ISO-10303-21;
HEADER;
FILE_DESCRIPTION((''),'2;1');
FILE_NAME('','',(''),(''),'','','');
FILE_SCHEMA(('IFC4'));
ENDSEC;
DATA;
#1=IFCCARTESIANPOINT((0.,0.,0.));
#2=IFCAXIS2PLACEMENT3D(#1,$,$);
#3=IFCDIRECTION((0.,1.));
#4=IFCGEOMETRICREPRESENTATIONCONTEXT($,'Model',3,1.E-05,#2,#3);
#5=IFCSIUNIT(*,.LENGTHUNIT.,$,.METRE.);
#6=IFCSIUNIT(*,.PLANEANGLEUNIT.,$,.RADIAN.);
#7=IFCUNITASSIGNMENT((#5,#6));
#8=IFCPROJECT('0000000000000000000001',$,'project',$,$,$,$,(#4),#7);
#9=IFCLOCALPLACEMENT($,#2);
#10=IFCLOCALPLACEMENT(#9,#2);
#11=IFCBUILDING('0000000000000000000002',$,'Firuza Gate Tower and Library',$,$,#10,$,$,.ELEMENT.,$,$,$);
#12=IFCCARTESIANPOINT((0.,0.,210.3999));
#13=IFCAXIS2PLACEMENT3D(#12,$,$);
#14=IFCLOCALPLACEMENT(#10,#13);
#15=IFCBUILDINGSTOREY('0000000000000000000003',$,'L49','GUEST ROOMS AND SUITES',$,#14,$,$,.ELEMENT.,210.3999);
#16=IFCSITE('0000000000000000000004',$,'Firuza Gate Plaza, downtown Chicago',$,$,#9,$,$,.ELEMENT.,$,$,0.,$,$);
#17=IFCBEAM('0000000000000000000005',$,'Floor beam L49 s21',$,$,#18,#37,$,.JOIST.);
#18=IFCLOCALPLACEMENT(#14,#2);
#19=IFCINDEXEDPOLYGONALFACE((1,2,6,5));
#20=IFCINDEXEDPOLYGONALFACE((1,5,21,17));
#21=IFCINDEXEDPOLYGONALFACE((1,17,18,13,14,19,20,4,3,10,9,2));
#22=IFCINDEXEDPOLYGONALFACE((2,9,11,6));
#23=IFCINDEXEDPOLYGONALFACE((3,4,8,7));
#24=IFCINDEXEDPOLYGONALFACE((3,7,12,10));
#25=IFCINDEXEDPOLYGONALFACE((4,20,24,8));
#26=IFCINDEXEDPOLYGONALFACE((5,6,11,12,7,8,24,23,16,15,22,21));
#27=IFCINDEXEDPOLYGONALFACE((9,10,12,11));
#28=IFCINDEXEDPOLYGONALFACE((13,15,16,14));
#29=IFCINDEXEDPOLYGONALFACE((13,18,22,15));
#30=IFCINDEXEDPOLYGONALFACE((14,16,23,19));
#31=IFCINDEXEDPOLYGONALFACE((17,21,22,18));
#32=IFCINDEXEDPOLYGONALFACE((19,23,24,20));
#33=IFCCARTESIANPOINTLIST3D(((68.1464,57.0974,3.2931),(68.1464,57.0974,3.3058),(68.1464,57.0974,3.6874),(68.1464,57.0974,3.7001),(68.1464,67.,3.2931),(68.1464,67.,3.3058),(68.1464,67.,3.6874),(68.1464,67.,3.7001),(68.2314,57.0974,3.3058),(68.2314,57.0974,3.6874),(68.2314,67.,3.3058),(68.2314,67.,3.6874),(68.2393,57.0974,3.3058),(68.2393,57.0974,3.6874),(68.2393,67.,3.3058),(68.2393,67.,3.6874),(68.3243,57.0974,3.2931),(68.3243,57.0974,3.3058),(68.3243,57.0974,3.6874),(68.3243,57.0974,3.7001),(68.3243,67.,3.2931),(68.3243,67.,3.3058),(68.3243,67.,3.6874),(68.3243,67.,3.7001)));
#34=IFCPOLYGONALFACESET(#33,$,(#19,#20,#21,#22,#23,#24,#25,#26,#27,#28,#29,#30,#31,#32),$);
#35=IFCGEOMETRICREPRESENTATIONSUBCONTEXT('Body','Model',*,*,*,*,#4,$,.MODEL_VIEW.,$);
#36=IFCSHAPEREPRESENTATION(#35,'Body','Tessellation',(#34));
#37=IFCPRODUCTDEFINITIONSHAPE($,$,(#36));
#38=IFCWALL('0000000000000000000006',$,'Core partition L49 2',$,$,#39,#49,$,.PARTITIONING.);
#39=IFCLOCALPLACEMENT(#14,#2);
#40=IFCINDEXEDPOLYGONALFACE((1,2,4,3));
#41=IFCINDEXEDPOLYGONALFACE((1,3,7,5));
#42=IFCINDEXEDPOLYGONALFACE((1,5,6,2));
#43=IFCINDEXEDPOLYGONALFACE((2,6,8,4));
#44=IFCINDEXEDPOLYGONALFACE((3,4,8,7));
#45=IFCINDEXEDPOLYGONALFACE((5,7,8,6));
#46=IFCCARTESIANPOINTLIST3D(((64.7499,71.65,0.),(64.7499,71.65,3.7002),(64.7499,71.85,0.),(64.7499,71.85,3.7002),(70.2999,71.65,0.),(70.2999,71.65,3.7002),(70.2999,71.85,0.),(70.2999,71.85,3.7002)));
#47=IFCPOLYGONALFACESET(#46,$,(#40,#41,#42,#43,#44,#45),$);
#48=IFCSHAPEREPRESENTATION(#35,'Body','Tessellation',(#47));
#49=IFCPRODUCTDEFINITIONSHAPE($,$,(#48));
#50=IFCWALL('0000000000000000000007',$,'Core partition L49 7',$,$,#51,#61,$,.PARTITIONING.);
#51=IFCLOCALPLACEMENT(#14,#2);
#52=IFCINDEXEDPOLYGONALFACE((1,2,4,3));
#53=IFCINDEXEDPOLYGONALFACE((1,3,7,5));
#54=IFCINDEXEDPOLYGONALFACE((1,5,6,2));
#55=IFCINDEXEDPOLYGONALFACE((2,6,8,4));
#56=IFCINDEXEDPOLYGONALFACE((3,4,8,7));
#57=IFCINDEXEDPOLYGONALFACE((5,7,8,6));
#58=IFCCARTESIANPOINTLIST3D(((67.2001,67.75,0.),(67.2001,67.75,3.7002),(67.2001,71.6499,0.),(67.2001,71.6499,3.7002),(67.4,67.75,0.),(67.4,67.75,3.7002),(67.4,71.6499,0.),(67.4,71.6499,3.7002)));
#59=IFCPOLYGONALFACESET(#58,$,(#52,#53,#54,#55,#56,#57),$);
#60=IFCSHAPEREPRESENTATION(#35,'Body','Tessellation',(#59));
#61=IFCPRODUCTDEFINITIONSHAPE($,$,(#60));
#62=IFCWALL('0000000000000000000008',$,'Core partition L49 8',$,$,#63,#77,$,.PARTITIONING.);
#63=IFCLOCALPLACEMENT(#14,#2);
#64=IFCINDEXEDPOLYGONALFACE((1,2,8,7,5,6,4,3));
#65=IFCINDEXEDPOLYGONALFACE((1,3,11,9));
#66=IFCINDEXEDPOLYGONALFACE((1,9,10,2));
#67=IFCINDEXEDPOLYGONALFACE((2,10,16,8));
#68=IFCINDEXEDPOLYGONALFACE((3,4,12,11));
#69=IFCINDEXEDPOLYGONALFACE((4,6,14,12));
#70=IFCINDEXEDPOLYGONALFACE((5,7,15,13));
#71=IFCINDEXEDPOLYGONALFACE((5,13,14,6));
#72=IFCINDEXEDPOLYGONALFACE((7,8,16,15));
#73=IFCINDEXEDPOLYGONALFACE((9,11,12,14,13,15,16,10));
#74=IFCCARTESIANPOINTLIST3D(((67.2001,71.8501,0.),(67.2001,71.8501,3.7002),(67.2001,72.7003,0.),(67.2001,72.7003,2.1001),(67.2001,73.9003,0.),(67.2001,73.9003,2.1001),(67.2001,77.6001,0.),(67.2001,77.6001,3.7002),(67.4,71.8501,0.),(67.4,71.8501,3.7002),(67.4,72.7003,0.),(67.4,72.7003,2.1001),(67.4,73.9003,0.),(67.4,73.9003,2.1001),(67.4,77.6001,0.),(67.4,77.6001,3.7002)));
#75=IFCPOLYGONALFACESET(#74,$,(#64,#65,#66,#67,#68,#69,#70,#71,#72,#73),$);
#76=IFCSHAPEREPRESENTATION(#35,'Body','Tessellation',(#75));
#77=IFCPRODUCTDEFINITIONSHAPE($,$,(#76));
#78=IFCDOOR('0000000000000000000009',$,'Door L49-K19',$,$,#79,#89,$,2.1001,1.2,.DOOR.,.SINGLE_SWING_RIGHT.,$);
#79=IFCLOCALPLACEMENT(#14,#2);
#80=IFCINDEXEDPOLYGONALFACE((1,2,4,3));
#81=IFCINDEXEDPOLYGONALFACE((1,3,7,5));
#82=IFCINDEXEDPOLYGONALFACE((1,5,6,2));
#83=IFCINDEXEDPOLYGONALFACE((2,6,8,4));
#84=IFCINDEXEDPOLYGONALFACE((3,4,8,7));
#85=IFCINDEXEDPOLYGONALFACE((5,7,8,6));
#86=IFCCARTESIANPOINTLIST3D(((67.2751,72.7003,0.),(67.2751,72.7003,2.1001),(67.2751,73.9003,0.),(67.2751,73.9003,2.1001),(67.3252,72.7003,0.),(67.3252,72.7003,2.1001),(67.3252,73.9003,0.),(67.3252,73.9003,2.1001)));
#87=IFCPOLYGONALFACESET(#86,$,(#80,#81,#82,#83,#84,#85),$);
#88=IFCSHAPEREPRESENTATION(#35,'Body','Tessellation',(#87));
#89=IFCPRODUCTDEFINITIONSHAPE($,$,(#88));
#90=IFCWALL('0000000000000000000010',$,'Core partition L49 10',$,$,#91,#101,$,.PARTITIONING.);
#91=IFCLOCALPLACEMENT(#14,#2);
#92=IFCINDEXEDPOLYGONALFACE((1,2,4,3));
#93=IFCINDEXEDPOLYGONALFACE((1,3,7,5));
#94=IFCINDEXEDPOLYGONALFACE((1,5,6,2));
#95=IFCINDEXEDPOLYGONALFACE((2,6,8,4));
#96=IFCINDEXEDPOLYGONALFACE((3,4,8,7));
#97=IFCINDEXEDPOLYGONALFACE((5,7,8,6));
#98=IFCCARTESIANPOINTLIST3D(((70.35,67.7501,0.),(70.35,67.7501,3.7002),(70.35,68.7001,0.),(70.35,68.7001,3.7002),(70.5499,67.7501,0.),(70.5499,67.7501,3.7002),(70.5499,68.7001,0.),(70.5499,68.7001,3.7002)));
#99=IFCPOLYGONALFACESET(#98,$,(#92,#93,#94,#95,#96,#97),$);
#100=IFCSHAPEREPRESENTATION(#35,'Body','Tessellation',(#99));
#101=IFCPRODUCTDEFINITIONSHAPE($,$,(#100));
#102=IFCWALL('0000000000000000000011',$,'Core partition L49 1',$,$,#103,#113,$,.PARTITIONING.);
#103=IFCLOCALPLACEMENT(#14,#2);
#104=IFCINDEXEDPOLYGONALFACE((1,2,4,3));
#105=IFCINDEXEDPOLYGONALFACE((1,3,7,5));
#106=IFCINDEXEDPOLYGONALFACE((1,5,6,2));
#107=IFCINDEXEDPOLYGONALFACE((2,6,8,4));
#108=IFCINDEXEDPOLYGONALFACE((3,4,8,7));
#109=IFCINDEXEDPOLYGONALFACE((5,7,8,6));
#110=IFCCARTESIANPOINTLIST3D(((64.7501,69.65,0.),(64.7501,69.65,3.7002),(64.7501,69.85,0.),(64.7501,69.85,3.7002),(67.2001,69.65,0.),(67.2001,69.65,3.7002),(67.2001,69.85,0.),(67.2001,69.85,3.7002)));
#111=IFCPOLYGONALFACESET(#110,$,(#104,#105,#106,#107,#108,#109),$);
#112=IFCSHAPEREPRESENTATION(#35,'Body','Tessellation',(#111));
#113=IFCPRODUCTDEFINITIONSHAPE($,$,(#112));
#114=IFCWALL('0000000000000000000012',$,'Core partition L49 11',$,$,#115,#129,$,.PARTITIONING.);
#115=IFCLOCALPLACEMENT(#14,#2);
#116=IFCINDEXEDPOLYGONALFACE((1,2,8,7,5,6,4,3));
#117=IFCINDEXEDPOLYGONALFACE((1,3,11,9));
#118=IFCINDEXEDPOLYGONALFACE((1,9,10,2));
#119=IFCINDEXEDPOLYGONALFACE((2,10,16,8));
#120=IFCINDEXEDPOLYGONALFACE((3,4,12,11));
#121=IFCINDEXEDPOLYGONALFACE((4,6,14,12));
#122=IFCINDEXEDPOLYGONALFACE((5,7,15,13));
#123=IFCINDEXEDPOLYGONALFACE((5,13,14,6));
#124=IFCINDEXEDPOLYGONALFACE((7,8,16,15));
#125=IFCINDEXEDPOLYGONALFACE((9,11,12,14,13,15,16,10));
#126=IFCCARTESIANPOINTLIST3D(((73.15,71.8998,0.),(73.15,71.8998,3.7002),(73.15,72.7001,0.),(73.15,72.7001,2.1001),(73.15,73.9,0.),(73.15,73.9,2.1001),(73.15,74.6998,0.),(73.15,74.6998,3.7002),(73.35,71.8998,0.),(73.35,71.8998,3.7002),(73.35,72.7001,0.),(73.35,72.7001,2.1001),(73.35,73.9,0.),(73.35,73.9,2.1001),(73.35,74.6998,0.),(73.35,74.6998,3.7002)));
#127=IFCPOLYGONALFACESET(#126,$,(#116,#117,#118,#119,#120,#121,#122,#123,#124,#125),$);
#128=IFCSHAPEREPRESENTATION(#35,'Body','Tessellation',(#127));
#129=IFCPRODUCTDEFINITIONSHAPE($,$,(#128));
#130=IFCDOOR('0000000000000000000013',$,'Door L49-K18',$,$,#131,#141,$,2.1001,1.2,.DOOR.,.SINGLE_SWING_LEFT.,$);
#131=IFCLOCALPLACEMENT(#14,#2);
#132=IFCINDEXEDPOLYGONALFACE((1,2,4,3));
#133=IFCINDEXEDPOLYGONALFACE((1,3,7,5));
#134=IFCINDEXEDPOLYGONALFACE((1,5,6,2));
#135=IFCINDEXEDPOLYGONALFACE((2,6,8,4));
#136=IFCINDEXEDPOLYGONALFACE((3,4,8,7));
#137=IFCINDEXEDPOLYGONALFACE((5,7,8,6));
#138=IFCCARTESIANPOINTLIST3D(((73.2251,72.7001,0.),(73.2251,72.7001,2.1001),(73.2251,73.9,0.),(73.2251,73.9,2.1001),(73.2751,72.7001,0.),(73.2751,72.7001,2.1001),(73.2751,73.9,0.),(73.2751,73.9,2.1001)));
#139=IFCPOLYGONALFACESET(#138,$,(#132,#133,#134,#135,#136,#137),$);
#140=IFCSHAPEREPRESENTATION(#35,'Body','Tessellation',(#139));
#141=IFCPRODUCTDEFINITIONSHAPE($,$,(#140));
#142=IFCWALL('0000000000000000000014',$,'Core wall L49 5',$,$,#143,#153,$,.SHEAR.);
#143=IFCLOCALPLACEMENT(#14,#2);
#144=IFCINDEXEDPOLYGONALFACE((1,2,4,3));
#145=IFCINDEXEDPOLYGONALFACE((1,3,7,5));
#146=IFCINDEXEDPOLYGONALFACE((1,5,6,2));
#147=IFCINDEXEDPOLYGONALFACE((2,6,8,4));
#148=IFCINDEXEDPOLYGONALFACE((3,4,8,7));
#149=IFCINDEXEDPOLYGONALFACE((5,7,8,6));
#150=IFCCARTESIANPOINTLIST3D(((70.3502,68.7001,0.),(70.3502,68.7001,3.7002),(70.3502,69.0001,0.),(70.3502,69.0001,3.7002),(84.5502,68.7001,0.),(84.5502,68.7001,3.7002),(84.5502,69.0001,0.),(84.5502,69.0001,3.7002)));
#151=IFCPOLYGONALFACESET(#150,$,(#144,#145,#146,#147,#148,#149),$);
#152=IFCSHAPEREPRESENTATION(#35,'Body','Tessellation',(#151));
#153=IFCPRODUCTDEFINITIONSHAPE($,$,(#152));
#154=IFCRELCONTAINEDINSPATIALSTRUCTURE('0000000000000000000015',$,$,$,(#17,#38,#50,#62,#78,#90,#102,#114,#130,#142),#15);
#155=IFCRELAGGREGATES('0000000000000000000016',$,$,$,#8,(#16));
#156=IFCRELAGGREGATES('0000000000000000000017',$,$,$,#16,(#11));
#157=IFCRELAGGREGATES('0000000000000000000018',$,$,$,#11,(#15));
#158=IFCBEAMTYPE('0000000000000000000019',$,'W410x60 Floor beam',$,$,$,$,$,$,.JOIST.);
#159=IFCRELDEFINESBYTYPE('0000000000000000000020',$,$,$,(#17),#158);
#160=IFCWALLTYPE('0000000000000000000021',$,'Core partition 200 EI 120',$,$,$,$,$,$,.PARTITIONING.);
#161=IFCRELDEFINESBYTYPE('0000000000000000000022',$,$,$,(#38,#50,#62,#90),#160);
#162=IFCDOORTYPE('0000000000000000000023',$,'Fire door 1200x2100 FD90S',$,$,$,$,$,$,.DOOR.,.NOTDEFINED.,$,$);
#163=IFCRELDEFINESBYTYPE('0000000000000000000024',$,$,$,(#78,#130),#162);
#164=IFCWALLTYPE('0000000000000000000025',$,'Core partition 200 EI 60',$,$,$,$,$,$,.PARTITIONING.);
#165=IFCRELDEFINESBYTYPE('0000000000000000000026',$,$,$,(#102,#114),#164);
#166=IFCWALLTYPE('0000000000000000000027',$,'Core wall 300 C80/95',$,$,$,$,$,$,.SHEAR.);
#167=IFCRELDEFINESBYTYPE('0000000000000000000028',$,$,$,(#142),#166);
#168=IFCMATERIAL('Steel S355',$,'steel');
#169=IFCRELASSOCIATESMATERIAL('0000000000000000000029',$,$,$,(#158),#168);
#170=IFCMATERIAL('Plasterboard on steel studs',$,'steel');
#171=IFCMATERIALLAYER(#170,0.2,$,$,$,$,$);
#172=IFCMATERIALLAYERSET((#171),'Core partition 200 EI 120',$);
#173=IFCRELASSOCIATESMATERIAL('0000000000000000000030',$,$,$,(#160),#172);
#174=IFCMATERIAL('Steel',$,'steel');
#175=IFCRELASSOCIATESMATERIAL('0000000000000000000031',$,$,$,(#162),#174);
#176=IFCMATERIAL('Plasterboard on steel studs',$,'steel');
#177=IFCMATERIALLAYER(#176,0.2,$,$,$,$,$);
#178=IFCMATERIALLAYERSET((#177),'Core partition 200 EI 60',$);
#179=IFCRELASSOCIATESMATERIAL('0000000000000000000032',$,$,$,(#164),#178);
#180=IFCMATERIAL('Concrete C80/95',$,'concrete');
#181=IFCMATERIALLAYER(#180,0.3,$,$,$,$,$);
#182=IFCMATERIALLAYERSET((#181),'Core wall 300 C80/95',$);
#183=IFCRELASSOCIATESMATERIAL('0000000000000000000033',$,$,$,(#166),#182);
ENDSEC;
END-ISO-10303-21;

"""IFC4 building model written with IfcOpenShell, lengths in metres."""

from ifc_helpers import new_model, si_unit, direction, frame, frame_2d, origin, origin_2d, place, context, subcontext, project, spatial, rectangle, i_section, extrude, material, layer, layer_set, material_profile, profile_set, type_object, element, fill, save


model = new_model("IFC4")

# Units and contexts
model_context = context("Model", 3, precision=1e-05, world=origin(), true_north=direction((0.0, 1.0)))
body_context = subcontext(model_context, "Body", "Model", "MODEL_VIEW")
ifc_project = project(units=[si_unit("LENGTHUNIT", "METRE"), si_unit("PLANEANGLEUNIT", "RADIAN")], contexts=[model_context])

# Site, building, storey
site_placement = place(None, origin())
site = spatial("IfcSite", under=ifc_project, at=site_placement, Name="Firuza Gate Plaza, downtown Chicago", CompositionType="ELEMENT", RefElevation=0.0)
building_placement = place(site_placement, origin())
building = spatial("IfcBuilding", under=site, at=building_placement, Name="Firuza Gate Tower and Library", CompositionType="ELEMENT")
storey_placement = place(building_placement, frame((0.0, 0.0, 210.3999)))
storey = spatial("IfcBuildingStorey", under=building, at=storey_placement, Name="L49", Description="GUEST ROOMS AND SUITES", CompositionType="ELEMENT", Elevation=210.3999)

# Beam
ifc_material_1 = material(Name="Steel S355", Category="steel")
ifc_material_profile = material_profile(ifc_material_1, i_section(OverallWidth=0.178, OverallDepth=0.407, WebThickness=0.0078, FlangeThickness=0.0127, at=origin_2d()))
ifc_profile_set = profile_set([ifc_material_profile], Name="Steel S355")
beam_type = type_object("IfcBeamType", Name="W410x60 Floor beam", PredefinedType="JOIST", material=ifc_profile_set)
beam_placement = place(storey_placement, frame((68.2354, 57.0974, 3.4966), z_axis=(0.0, 1.0, 0.0), x_axis=(-1.0, 0.0, 0.0)))
element("IfcBeam", 1, at=beam_placement, inside=storey, type_object=beam_type, Name="Floor beam L49 s21", PredefinedType="JOIST", context=body_context, shape_type="SweptSolid", body=[
    extrude(i_section(OverallWidth=0.178, OverallDepth=0.407, WebThickness=0.0078, FlangeThickness=0.0127, at=origin_2d()), origin(), (0.0, 0.0, 1.0), 9.9026),
])

# Walls
ifc_material_2 = material(Name="Plasterboard on steel studs", Category="steel")
ifc_layer_1 = layer(ifc_material_2, 0.2)
ifc_layer_set_1 = layer_set([ifc_layer_1], Name="Core partition 200 EI 120")
wall_type_1 = type_object("IfcWallType", Name="Core partition 200 EI 120", PredefinedType="PARTITIONING", material=ifc_layer_set_1)
wall_1_placement = place(storey_placement, frame((64.75, 71.75, 0.0), z_axis=(0.0, 0.0, 1.0), x_axis=(1.0, 0.0, 0.0)))
element("IfcWall", 2, at=wall_1_placement, inside=storey, type_object=wall_type_1, Name="Core partition L49 2", PredefinedType="PARTITIONING", context=body_context, shape_type="SweptSolid", body=[
    extrude(rectangle(XDim=5.55, YDim=0.2, at=frame_2d((2.7749, 0.0))), origin(), (0.0, 0.0, 1.0), 3.7002),
])
wall_2_placement = place(storey_placement, frame((67.3, 67.75, 0.0), z_axis=(0.0, 0.0, 1.0), x_axis=(0.0, 1.0, 0.0)))
element("IfcWall", 3, at=wall_2_placement, inside=storey, type_object=wall_type_1, Name="Core partition L49 7", PredefinedType="PARTITIONING", context=body_context, shape_type="SweptSolid", body=[
    extrude(rectangle(XDim=3.8999, YDim=0.2, at=frame_2d((1.95, 0.0))), origin(), (0.0, 0.0, 1.0), 3.7002),
])

# Wall, opening, door
wall_3_placement = place(storey_placement, frame((67.3, 71.8501, 0.0), z_axis=(0.0, 0.0, 1.0), x_axis=(0.0, 1.0, 0.0)))
wall_3 = element("IfcWall", 4, at=wall_3_placement, inside=storey, type_object=wall_type_1, Name="Core partition L49 8", PredefinedType="PARTITIONING", context=body_context, shape_type="SweptSolid", body=[
    extrude(rectangle(XDim=5.75, YDim=0.2, at=frame_2d((2.875, 0.0))), origin(), (0.0, 0.0, 1.0), 3.7002),
])
opening_1_placement = place(wall_3_placement, frame((0.8501, 0.0, 0.0)))
opening_1 = element("IfcOpeningElement", 5, at=opening_1_placement, cuts=wall_3, PredefinedType="OPENING", context=body_context, shape_type="SweptSolid", body=[
    extrude(rectangle(XDim=1.2, YDim=2.1001, at=frame_2d((0.6001, 1.05))), frame((0.0, 0.1099, 0.0), z_axis=(0.0, -1.0, 0.0), x_axis=(1.0, 0.0, 0.0)), (0.0, 0.0, 1.0), 0.22),
])
ifc_material_3 = material(Name="Steel", Category="steel")
door_type_1 = type_object("IfcDoorType", Name="Fire door 1200x2100 FD90S", OperationType="NOTDEFINED", PredefinedType="DOOR", material=ifc_material_3)
door_1_placement = place(opening_1_placement, origin())
door_1 = element("IfcDoor", 6, at=door_1_placement, inside=storey, type_object=door_type_1, Name="Door L49-K19", OperationType="SINGLE_SWING_RIGHT", OverallHeight=2.1001, OverallWidth=1.2, PredefinedType="DOOR", context=body_context, shape_type="SweptSolid", body=[
    extrude(rectangle(XDim=1.2, YDim=2.1001, at=frame_2d((0.6001, 1.05))), frame((0.0, 0.0249, 0.0), z_axis=(0.0, -1.0, 0.0), x_axis=(1.0, 0.0, 0.0)), (0.0, 0.0, 1.0), 0.05),
])
fill(opening_1, door_1)

# Walls
wall_4_placement = place(storey_placement, frame((70.45, 67.75, 0.0), z_axis=(0.0, 0.0, 1.0), x_axis=(0.0, 1.0, 0.0)))
element("IfcWall", 7, at=wall_4_placement, inside=storey, type_object=wall_type_1, Name="Core partition L49 10", PredefinedType="PARTITIONING", context=body_context, shape_type="SweptSolid", body=[
    extrude(rectangle(XDim=0.95, YDim=0.2, at=frame_2d((0.4751, 0.0))), origin(), (0.0, 0.0, 1.0), 3.7002),
])
ifc_material_4 = material(Name="Plasterboard on steel studs", Category="steel")
ifc_layer_2 = layer(ifc_material_4, 0.2)
ifc_layer_set_2 = layer_set([ifc_layer_2], Name="Core partition 200 EI 60")
wall_type_2 = type_object("IfcWallType", Name="Core partition 200 EI 60", PredefinedType="PARTITIONING", material=ifc_layer_set_2)
wall_5_placement = place(storey_placement, frame((64.75, 69.75, 0.0), z_axis=(0.0, 0.0, 1.0), x_axis=(1.0, 0.0, 0.0)))
element("IfcWall", 8, at=wall_5_placement, inside=storey, type_object=wall_type_2, Name="Core partition L49 1", PredefinedType="PARTITIONING", context=body_context, shape_type="SweptSolid", body=[
    extrude(rectangle(XDim=2.45, YDim=0.2, at=frame_2d((1.2251, 0.0))), origin(), (0.0, 0.0, 1.0), 3.7002),
])

# Wall, opening, door
wall_6_placement = place(storey_placement, frame((73.25, 71.8999, 0.0), z_axis=(0.0, 0.0, 1.0), x_axis=(0.0, 1.0, 0.0)))
wall_6 = element("IfcWall", 9, at=wall_6_placement, inside=storey, type_object=wall_type_2, Name="Core partition L49 11", PredefinedType="PARTITIONING", context=body_context, shape_type="SweptSolid", body=[
    extrude(rectangle(XDim=2.8, YDim=0.2, at=frame_2d((1.3999, 0.0))), origin(), (0.0, 0.0, 1.0), 3.7002),
])
opening_2_placement = place(wall_6_placement, frame((0.8, 0.0, 0.0)))
opening_2 = element("IfcOpeningElement", 10, at=opening_2_placement, cuts=wall_6, PredefinedType="OPENING", context=body_context, shape_type="SweptSolid", body=[
    extrude(rectangle(XDim=1.2, YDim=2.1001, at=frame_2d((0.6001, 1.05))), frame((0.0, 0.1099, 0.0), z_axis=(0.0, -1.0, 0.0), x_axis=(1.0, 0.0, 0.0)), (0.0, 0.0, 1.0), 0.22),
])
door_2_placement = place(opening_2_placement, origin())
door_2 = element("IfcDoor", 11, at=door_2_placement, inside=storey, type_object=door_type_1, Name="Door L49-K18", OperationType="SINGLE_SWING_LEFT", OverallHeight=2.1001, OverallWidth=1.2, PredefinedType="DOOR", context=body_context, shape_type="SweptSolid", body=[
    extrude(rectangle(XDim=1.2, YDim=2.1001, at=frame_2d((0.6001, 1.05))), frame((0.0, 0.0249, 0.0), z_axis=(0.0, -1.0, 0.0), x_axis=(1.0, 0.0, 0.0)), (0.0, 0.0, 1.0), 0.05),
])
fill(opening_2, door_2)

# Wall
ifc_material_5 = material(Name="Concrete C80/95", Category="concrete")
ifc_layer_3 = layer(ifc_material_5, 0.3)
ifc_layer_set_3 = layer_set([ifc_layer_3], Name="Core wall 300 C80/95")
wall_type_3 = type_object("IfcWallType", Name="Core wall 300 C80/95", PredefinedType="SHEAR", material=ifc_layer_set_3)
wall_7_placement = place(storey_placement, frame((70.3501, 68.8501, 0.0), z_axis=(0.0, 0.0, 1.0), x_axis=(1.0, 0.0, 0.0)))
element("IfcWall", 12, at=wall_7_placement, inside=storey, type_object=wall_type_3, Name="Core wall L49 5", PredefinedType="SHEAR", context=body_context, shape_type="SweptSolid", body=[
    extrude(rectangle(XDim=14.2, YDim=0.3, at=frame_2d((7.1001, 0.0))), origin(), (0.0, 0.0, 1.0), 3.7002),
])

save(model, "model.ifc")
